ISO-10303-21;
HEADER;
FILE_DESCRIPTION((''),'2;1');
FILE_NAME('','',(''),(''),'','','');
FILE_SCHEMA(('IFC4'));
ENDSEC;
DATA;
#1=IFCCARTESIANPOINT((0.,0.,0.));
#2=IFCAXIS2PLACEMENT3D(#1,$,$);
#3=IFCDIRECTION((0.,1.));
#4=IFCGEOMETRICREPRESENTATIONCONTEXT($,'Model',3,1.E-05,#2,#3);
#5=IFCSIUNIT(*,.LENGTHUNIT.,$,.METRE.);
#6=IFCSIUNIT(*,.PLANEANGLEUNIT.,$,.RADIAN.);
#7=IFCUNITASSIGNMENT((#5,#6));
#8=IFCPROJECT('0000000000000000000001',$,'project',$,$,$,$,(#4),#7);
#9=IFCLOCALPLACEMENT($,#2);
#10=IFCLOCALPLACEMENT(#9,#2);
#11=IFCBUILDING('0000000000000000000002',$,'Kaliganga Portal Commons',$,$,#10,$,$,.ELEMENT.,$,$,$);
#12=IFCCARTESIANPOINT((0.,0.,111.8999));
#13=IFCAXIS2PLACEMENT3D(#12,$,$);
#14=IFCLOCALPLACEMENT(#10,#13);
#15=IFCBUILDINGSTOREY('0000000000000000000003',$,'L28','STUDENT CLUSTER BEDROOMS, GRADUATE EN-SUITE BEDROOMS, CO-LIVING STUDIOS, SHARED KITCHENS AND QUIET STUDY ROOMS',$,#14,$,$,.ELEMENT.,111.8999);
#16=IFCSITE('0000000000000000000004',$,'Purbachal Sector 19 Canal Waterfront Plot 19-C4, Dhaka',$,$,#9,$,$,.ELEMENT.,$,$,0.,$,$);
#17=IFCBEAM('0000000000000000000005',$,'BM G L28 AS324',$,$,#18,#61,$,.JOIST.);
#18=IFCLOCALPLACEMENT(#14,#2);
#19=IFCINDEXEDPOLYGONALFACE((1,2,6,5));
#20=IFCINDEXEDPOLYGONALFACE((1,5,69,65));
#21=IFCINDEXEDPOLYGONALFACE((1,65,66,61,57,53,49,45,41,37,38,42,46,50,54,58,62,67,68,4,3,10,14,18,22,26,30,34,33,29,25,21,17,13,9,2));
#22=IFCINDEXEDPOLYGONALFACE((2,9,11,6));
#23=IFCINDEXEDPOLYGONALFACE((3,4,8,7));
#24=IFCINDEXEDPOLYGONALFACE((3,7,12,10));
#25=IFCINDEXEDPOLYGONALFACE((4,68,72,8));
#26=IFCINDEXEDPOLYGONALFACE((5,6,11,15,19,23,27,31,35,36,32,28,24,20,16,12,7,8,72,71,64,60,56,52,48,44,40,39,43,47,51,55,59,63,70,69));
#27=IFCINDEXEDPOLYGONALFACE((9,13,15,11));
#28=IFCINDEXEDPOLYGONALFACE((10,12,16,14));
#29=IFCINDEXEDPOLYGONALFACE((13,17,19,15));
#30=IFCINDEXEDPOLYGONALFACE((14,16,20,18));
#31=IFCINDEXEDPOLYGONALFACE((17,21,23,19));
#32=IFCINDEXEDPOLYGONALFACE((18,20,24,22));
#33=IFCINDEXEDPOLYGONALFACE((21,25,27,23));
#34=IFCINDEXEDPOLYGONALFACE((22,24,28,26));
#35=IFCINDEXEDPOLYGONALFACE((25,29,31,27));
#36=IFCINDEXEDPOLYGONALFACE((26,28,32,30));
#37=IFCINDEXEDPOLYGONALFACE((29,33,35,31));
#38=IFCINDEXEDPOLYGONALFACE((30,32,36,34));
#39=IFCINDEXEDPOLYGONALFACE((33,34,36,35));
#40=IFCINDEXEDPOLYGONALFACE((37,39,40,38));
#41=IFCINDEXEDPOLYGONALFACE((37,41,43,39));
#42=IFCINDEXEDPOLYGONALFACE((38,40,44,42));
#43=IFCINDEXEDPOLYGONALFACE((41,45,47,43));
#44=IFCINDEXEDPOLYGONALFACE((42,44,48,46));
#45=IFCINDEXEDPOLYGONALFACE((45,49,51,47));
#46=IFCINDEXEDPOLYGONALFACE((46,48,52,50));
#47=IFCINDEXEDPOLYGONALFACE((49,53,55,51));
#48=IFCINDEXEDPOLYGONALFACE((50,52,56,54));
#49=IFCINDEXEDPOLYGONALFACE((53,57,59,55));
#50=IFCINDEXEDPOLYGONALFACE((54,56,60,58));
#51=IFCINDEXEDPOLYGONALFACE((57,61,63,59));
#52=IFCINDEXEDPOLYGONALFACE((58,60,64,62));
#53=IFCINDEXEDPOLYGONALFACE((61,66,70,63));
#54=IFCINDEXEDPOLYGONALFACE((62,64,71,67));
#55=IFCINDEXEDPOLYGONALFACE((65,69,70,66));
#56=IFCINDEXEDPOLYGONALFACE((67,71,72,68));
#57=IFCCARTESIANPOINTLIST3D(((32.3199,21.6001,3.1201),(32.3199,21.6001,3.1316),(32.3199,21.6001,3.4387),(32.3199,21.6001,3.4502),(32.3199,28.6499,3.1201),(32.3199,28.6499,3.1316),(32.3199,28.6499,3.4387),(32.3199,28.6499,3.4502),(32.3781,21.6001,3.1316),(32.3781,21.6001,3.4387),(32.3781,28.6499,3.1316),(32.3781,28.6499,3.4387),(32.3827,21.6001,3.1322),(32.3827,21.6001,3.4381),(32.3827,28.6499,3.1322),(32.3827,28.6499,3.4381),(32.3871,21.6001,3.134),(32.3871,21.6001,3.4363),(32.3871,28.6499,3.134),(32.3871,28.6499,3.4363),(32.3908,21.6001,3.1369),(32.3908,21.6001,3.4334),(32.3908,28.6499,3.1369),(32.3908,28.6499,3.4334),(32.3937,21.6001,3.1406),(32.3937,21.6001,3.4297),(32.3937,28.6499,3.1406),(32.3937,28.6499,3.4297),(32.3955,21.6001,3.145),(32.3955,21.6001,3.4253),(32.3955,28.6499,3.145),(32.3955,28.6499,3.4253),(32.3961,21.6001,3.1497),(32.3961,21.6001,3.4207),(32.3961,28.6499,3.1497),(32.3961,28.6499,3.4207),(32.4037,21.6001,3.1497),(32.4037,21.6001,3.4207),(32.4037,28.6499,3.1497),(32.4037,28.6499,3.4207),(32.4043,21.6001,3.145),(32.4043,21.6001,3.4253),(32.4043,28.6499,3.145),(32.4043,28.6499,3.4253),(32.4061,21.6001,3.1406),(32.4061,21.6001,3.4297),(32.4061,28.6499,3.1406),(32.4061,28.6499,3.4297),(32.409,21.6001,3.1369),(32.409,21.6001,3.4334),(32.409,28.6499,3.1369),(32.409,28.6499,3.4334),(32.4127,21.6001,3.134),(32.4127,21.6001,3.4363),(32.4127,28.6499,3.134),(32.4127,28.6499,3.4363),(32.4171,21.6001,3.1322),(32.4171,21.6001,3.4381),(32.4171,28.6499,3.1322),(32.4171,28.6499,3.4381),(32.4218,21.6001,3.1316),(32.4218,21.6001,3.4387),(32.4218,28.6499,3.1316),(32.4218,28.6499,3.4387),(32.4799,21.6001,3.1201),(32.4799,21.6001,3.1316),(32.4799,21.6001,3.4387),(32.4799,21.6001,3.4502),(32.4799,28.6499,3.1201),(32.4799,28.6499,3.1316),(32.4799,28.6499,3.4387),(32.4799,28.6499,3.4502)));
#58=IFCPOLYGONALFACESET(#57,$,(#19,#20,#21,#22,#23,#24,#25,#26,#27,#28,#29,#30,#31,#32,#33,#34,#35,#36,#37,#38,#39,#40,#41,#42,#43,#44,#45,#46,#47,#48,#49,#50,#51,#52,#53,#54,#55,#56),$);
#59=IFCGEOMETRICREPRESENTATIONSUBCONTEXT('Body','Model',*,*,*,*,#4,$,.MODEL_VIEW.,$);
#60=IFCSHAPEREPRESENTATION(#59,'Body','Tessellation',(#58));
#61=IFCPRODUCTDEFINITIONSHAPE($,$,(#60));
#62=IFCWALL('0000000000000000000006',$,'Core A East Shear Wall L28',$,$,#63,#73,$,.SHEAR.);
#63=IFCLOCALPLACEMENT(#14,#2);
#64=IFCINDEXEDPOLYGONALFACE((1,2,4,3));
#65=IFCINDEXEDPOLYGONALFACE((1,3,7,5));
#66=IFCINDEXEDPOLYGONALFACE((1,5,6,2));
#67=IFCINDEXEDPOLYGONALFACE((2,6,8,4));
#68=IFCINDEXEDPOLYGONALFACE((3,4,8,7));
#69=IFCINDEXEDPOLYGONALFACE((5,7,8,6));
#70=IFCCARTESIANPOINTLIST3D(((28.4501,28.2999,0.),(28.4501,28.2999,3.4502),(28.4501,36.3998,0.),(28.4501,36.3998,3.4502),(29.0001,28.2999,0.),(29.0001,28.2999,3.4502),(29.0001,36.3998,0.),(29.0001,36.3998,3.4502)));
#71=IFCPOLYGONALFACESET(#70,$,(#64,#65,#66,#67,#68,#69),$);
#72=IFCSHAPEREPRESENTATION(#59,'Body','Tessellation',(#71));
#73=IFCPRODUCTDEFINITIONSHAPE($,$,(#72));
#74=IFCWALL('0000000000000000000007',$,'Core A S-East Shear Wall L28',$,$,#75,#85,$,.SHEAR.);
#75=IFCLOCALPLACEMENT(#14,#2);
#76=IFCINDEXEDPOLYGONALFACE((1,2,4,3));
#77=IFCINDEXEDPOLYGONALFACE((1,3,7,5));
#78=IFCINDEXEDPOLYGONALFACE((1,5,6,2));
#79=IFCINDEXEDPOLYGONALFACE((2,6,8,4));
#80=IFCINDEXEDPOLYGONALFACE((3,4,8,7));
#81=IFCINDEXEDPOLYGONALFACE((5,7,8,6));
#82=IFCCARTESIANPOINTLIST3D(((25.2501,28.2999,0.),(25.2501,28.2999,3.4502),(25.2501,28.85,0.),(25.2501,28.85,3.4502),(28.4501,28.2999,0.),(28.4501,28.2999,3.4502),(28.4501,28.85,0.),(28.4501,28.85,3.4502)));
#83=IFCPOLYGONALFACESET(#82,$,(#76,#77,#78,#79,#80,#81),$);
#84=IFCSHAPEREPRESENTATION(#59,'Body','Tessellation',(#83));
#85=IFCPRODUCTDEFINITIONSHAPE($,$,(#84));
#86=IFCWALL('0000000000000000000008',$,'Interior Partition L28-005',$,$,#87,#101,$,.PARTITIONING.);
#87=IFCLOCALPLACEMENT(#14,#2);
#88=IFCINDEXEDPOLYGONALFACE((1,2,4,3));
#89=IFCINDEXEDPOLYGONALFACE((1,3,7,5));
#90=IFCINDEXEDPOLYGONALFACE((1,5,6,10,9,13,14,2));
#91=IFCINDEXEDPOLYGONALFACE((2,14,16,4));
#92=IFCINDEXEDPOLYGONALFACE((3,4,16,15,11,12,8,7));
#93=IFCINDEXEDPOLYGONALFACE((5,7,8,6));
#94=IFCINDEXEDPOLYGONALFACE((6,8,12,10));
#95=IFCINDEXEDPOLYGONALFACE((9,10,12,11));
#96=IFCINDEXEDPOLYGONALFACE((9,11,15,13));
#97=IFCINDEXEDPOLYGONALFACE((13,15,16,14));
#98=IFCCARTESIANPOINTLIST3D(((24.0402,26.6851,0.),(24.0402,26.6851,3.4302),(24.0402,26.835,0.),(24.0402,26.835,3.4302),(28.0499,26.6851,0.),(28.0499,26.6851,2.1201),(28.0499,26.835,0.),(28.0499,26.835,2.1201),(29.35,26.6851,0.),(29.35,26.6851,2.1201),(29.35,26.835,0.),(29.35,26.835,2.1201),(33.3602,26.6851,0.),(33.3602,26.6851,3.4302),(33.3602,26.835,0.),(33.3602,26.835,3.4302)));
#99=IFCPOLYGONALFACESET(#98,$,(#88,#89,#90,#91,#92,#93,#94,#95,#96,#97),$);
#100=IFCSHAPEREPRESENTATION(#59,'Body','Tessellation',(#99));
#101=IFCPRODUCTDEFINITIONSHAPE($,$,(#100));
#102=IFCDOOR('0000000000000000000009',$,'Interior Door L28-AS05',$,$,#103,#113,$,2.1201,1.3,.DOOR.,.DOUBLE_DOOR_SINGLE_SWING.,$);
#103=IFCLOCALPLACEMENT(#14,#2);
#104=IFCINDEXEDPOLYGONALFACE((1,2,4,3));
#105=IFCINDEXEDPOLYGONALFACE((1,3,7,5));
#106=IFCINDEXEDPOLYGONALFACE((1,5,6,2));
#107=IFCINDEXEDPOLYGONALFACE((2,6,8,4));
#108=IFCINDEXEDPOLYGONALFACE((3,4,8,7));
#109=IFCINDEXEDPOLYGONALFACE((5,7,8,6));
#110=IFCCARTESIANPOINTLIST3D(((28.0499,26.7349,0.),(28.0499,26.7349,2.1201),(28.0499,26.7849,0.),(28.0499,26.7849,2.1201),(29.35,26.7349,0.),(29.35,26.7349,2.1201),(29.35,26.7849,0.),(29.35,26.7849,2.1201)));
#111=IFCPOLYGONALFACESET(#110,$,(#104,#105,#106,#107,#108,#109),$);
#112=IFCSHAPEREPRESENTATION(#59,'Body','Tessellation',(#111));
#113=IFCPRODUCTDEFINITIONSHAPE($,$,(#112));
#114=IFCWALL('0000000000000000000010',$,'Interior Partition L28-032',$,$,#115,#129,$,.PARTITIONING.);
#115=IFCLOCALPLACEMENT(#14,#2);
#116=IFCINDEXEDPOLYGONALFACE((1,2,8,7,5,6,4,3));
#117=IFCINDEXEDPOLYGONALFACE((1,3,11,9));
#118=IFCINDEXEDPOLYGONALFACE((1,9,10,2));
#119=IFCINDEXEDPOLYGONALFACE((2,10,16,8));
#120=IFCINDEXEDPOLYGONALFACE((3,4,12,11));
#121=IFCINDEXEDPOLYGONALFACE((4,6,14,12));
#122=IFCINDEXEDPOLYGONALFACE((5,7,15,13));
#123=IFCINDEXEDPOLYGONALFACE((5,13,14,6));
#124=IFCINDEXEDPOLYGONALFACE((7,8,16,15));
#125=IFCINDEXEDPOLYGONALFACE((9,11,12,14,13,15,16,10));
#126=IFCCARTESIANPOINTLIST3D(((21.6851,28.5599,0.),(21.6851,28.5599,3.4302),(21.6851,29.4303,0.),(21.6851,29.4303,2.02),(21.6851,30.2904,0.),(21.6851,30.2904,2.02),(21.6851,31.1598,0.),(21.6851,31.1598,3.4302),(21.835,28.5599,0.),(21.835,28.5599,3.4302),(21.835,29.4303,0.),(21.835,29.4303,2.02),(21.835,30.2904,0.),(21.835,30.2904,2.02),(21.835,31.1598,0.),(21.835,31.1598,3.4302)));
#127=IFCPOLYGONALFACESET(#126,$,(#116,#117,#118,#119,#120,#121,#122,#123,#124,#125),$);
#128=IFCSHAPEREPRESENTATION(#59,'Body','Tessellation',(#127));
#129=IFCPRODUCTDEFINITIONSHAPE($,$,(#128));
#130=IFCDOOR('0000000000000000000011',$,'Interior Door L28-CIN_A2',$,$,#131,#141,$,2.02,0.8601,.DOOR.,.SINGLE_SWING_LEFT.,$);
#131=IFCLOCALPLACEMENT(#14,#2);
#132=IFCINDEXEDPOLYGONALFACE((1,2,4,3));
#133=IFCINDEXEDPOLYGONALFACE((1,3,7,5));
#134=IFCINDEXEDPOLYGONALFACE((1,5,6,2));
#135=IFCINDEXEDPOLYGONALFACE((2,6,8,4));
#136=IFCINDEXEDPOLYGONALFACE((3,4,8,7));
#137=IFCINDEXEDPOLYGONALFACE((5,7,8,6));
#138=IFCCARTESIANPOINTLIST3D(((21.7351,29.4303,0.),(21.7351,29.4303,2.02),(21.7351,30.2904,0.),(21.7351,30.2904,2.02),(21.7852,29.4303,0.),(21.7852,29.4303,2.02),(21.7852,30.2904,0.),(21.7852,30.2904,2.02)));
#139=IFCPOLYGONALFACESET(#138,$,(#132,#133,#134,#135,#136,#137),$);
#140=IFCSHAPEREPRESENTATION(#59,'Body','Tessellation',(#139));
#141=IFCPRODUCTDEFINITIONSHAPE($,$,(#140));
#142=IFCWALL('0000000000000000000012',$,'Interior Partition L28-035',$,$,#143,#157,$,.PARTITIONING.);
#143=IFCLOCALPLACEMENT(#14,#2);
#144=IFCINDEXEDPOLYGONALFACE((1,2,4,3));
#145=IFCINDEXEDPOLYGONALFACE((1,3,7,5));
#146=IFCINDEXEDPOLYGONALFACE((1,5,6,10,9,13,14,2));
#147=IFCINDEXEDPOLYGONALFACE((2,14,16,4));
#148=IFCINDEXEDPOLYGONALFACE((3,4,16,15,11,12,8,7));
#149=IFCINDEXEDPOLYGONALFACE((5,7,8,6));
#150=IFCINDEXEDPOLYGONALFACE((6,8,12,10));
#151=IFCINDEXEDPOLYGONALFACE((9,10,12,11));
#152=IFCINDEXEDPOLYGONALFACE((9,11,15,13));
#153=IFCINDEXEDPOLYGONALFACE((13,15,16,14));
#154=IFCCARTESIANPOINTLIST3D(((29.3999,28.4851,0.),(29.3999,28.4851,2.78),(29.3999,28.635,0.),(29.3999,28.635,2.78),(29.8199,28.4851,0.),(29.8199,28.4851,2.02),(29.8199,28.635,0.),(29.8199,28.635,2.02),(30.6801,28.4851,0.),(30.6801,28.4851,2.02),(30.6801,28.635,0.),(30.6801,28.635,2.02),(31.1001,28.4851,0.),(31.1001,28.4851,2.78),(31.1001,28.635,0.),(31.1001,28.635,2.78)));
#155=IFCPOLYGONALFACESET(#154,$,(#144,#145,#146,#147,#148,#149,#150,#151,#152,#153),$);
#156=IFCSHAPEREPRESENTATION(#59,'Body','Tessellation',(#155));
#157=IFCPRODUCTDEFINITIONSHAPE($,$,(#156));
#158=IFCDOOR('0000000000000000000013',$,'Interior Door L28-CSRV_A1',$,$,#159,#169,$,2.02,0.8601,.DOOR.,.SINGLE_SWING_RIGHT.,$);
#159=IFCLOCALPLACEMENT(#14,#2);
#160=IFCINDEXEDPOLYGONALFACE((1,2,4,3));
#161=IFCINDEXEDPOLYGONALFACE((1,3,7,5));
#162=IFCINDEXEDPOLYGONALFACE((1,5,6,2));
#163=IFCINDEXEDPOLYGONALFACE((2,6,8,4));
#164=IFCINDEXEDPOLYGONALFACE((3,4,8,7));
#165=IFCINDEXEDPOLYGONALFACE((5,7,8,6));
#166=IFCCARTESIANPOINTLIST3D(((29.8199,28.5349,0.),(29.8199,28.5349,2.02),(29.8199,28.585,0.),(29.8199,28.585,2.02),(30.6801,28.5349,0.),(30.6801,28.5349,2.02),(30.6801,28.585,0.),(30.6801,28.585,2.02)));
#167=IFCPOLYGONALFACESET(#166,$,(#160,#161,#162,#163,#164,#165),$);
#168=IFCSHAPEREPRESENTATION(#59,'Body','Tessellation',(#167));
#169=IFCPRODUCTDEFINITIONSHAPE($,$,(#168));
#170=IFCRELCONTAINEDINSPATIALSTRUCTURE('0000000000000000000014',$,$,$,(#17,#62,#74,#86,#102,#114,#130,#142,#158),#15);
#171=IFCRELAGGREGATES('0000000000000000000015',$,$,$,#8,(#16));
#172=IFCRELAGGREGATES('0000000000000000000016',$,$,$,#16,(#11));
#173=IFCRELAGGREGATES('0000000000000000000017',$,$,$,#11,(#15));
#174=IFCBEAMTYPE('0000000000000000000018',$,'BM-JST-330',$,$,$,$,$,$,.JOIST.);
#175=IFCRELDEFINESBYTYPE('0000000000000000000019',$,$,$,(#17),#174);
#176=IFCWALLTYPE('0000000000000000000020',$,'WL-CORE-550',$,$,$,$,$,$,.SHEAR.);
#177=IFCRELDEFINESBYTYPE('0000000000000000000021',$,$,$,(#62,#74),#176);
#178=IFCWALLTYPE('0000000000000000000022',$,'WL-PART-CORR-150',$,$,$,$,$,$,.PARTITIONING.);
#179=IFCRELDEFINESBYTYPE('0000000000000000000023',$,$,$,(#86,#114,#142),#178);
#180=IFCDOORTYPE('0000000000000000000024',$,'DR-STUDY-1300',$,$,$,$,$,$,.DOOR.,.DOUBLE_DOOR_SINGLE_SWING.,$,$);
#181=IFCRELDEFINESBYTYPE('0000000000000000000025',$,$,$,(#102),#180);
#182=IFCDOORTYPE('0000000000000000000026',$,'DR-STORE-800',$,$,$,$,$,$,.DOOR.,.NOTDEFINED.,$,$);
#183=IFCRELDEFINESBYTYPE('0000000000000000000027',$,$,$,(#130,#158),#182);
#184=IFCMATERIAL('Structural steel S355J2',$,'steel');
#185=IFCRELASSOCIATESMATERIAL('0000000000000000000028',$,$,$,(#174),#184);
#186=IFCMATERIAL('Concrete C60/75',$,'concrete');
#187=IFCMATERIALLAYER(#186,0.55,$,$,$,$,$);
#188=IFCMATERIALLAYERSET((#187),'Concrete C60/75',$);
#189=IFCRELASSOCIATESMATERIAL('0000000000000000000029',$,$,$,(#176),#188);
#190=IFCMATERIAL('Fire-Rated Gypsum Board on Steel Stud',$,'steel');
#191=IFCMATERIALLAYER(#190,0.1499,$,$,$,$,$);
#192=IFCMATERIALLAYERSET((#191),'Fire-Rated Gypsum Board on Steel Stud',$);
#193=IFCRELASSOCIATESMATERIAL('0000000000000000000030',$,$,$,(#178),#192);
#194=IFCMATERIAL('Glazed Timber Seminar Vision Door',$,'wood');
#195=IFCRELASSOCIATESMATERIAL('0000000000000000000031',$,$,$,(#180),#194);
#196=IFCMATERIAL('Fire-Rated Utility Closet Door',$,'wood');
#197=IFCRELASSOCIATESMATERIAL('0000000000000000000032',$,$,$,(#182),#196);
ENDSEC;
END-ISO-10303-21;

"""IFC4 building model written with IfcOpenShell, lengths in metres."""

from ifc_helpers import new_model, si_unit, direction, frame, frame_2d, origin, origin_2d, place, context, subcontext, project, spatial, rectangle, i_section, extrude, source, transform, mapped, material, layer, layer_set, material_profile, profile_set, type_object, element, fill, save


model = new_model("IFC4")

# Units and contexts
model_context = context("Model", 3, precision=1e-05, world=origin(), true_north=direction((0.0, 1.0)))
body_context = subcontext(model_context, "Body", "Model", "MODEL_VIEW")
ifc_project = project(units=[si_unit("LENGTHUNIT", "METRE"), si_unit("PLANEANGLEUNIT", "RADIAN")], contexts=[model_context])

# Site, building, storey
site_placement = place(None, origin())
site = spatial("IfcSite", under=ifc_project, at=site_placement, Name="Purbachal Sector 19 Canal Waterfront Plot 19-C4, Dhaka", CompositionType="ELEMENT", RefElevation=0.0)
building_placement = place(site_placement, origin())
building = spatial("IfcBuilding", under=site, at=building_placement, Name="Kaliganga Portal Commons", CompositionType="ELEMENT")
storey_placement = place(building_placement, frame((0.0, 0.0, 111.8999)))
storey = spatial("IfcBuildingStorey", under=building, at=storey_placement, Name="L28", Description="STUDENT CLUSTER BEDROOMS, GRADUATE EN-SUITE BEDROOMS, CO-LIVING STUDIOS, SHARED KITCHENS AND QUIET STUDY ROOMS", CompositionType="ELEMENT", Elevation=111.8999)

# Shared definitions
ifc_material_1 = material(Name="Concrete C60/75", Category="concrete")

# Beam
ifc_material_2 = material(Name="Structural steel S355J2", Category="steel")
ifc_material_profile_1 = material_profile(ifc_material_2, i_section(OverallWidth=0.1599, OverallDepth=0.3301, WebThickness=0.0076, FlangeThickness=0.0115, FilletRadius=0.0181, at=origin_2d()), Name="IPE 330")
ifc_profile_set_1 = profile_set([ifc_material_profile_1], Name="Structural steel S355J2 wide-flange")
beam_type_1 = type_object("IfcBeamType", Name="BM-JST-330", PredefinedType="JOIST", material=ifc_profile_set_1)
shared_shape_1 = source(origin(), body_context, "Body", "SweptSolid", [
    extrude(i_section(OverallWidth=0.1599, OverallDepth=0.3301, WebThickness=0.0076, FlangeThickness=0.0115, FilletRadius=0.0181, at=origin_2d()), origin(), (0.0, 0.0, 1.0), 7.0498),
])
beam_1_placement = place(storey_placement, frame((32.3999, 21.6001, 3.2852), z_axis=(0.0, 1.0, 0.0), x_axis=(-1.0, 0.0, 0.0)))
element("IfcBeam", 1, at=beam_1_placement, inside=storey, type_object=beam_type_1, Name="BM G L28 AS324", PredefinedType="JOIST", context=body_context, shape_type="MappedRepresentation", body=[
    mapped(shared_shape_1, transform((0.0, 0.0, 0.0), x_axis=(1.0, 0.0, 0.0), y_axis=(0.0, 1.0, 0.0), z_axis=(0.0, 0.0, 1.0), scale=1.0)),
])

# Walls
ifc_layer_1 = layer(ifc_material_1, 0.55)
ifc_layer_set_1 = layer_set([ifc_layer_1], Name="Concrete C60/75")
wall_type_1 = type_object("IfcWallType", Name="WL-CORE-550", PredefinedType="SHEAR", material=ifc_layer_set_1)
wall_1_placement = place(storey_placement, frame((28.7251, 28.3, 0.0), z_axis=(0.0, 0.0, 1.0), x_axis=(0.0, 1.0, 0.0)))
element("IfcWall", 2, at=wall_1_placement, inside=storey, type_object=wall_type_1, Name="Core A East Shear Wall L28", PredefinedType="SHEAR", context=body_context, shape_type="SweptSolid", body=[
    extrude(rectangle(XDim=8.0999, YDim=0.55, at=frame_2d((4.0498, 0.0))), origin(), (0.0, 0.0, 1.0), 3.4502),
])
wall_2_placement = place(storey_placement, frame((25.25, 28.575, 0.0), z_axis=(0.0, 0.0, 1.0), x_axis=(1.0, 0.0, 0.0)))
element("IfcWall", 3, at=wall_2_placement, inside=storey, type_object=wall_type_1, Name="Core A S-East Shear Wall L28", PredefinedType="SHEAR", context=body_context, shape_type="SweptSolid", body=[
    extrude(rectangle(XDim=3.2, YDim=0.55, at=frame_2d((1.6001, 0.0))), origin(), (0.0, 0.0, 1.0), 3.4502),
])

# Walls, openings, doors
ifc_material_3 = material(Name="Fire-Rated Gypsum Board on Steel Stud", Category="steel")
ifc_layer_2 = layer(ifc_material_3, 0.1499)
ifc_layer_set_2 = layer_set([ifc_layer_2], Name="Fire-Rated Gypsum Board on Steel Stud")
wall_type_2 = type_object("IfcWallType", Name="WL-PART-CORR-150", PredefinedType="PARTITIONING", material=ifc_layer_set_2)
wall_3_placement = place(storey_placement, frame((24.04, 26.76, 0.0), z_axis=(0.0, 0.0, 1.0), x_axis=(1.0, 0.0, 0.0)))
wall_3 = element("IfcWall", 4, at=wall_3_placement, inside=storey, type_object=wall_type_2, Name="Interior Partition L28-005", PredefinedType="PARTITIONING", context=body_context, shape_type="SweptSolid", body=[
    extrude(rectangle(XDim=9.3201, YDim=0.1499, at=frame_2d((4.6602, 0.0))), origin(), (0.0, 0.0, 1.0), 3.4302),
])
opening_1_placement = place(wall_3_placement, frame((4.01, 0.0, 0.0)))
opening_1 = element("IfcOpeningElement", 5, at=opening_1_placement, cuts=wall_3, PredefinedType="OPENING", context=body_context, shape_type="SweptSolid", body=[
    extrude(rectangle(XDim=1.3, YDim=2.1201, at=frame_2d((0.6499, 1.0601))), frame((0.0, 0.085, 0.0), z_axis=(0.0, -1.0, 0.0), x_axis=(1.0, 0.0, 0.0)), (0.0, 0.0, 1.0), 0.1699),
])
ifc_material_4 = material(Name="Glazed Timber Seminar Vision Door", Category="wood")
door_type_1 = type_object("IfcDoorType", Name="DR-STUDY-1300", OperationType="DOUBLE_DOOR_SINGLE_SWING", PredefinedType="DOOR", material=ifc_material_4)
door_1_placement = place(opening_1_placement, origin())
door_1 = element("IfcDoor", 6, at=door_1_placement, inside=storey, type_object=door_type_1, Name="Interior Door L28-AS05", OperationType="DOUBLE_DOOR_SINGLE_SWING", OverallHeight=2.1201, OverallWidth=1.3, PredefinedType="DOOR", context=body_context, shape_type="SweptSolid", body=[
    extrude(rectangle(XDim=1.3, YDim=2.1201, at=frame_2d((0.6499, 1.0601))), frame((0.0, 0.0249, 0.0), z_axis=(0.0, -1.0, 0.0), x_axis=(1.0, 0.0, 0.0)), (0.0, 0.0, 1.0), 0.05),
])
fill(opening_1, door_1)
wall_4_placement = place(storey_placement, frame((21.76, 28.5601, 0.0), z_axis=(0.0, 0.0, 1.0), x_axis=(0.0, 1.0, 0.0)))
wall_4 = element("IfcWall", 7, at=wall_4_placement, inside=storey, type_object=wall_type_2, Name="Interior Partition L28-032", PredefinedType="PARTITIONING", context=body_context, shape_type="SweptSolid", body=[
    extrude(rectangle(XDim=2.5999, YDim=0.1499, at=frame_2d((1.2998, 0.0))), origin(), (0.0, 0.0, 1.0), 3.4302),
])
opening_2_placement = place(wall_4_placement, frame((0.8701, 0.0, 0.0)))
opening_2 = element("IfcOpeningElement", 8, at=opening_2_placement, cuts=wall_4, PredefinedType="OPENING", context=body_context, shape_type="SweptSolid", body=[
    extrude(rectangle(XDim=0.8601, YDim=2.02, at=frame_2d((0.4302, 1.01))), frame((0.0, 0.085, 0.0), z_axis=(0.0, -1.0, 0.0), x_axis=(1.0, 0.0, 0.0)), (0.0, 0.0, 1.0), 0.1699),
])
ifc_material_5 = material(Name="Fire-Rated Utility Closet Door", Category="wood")
door_type_2 = type_object("IfcDoorType", Name="DR-STORE-800", OperationType="NOTDEFINED", PredefinedType="DOOR", material=ifc_material_5)
door_2_placement = place(opening_2_placement, origin())
door_2 = element("IfcDoor", 9, at=door_2_placement, inside=storey, type_object=door_type_2, Name="Interior Door L28-CIN_A2", OperationType="SINGLE_SWING_LEFT", OverallHeight=2.02, OverallWidth=0.8601, PredefinedType="DOOR", context=body_context, shape_type="SweptSolid", body=[
    extrude(rectangle(XDim=0.8601, YDim=2.02, at=frame_2d((0.4302, 1.01))), frame((0.0, 0.0249, 0.0), z_axis=(0.0, -1.0, 0.0), x_axis=(1.0, 0.0, 0.0)), (0.0, 0.0, 1.0), 0.05),
])
fill(opening_2, door_2)
wall_5_placement = place(storey_placement, frame((29.3999, 28.5601, 0.0), z_axis=(0.0, 0.0, 1.0), x_axis=(1.0, 0.0, 0.0)))
wall_5 = element("IfcWall", 10, at=wall_5_placement, inside=storey, type_object=wall_type_2, Name="Interior Partition L28-035", PredefinedType="PARTITIONING", context=body_context, shape_type="SweptSolid", body=[
    extrude(rectangle(XDim=1.7002, YDim=0.1499, at=frame_2d((0.8501, 0.0))), origin(), (0.0, 0.0, 1.0), 2.78),
])
opening_3_placement = place(wall_5_placement, frame((0.4199, 0.0, 0.0)))
opening_3 = element("IfcOpeningElement", 11, at=opening_3_placement, cuts=wall_5, PredefinedType="OPENING", context=body_context, shape_type="SweptSolid", body=[
    extrude(rectangle(XDim=0.8601, YDim=2.02, at=frame_2d((0.4302, 1.01))), frame((0.0, 0.085, 0.0), z_axis=(0.0, -1.0, 0.0), x_axis=(1.0, 0.0, 0.0)), (0.0, 0.0, 1.0), 0.1699),
])
door_3_placement = place(opening_3_placement, origin())
door_3 = element("IfcDoor", 12, at=door_3_placement, inside=storey, type_object=door_type_2, Name="Interior Door L28-CSRV_A1", OperationType="SINGLE_SWING_RIGHT", OverallHeight=2.02, OverallWidth=0.8601, PredefinedType="DOOR", context=body_context, shape_type="SweptSolid", body=[
    extrude(rectangle(XDim=0.8601, YDim=2.02, at=frame_2d((0.4302, 1.01))), frame((0.0, 0.0249, 0.0), z_axis=(0.0, -1.0, 0.0), x_axis=(1.0, 0.0, 0.0)), (0.0, 0.0, 1.0), 0.05),
])
fill(opening_3, door_3)

save(model, "model.ifc")
